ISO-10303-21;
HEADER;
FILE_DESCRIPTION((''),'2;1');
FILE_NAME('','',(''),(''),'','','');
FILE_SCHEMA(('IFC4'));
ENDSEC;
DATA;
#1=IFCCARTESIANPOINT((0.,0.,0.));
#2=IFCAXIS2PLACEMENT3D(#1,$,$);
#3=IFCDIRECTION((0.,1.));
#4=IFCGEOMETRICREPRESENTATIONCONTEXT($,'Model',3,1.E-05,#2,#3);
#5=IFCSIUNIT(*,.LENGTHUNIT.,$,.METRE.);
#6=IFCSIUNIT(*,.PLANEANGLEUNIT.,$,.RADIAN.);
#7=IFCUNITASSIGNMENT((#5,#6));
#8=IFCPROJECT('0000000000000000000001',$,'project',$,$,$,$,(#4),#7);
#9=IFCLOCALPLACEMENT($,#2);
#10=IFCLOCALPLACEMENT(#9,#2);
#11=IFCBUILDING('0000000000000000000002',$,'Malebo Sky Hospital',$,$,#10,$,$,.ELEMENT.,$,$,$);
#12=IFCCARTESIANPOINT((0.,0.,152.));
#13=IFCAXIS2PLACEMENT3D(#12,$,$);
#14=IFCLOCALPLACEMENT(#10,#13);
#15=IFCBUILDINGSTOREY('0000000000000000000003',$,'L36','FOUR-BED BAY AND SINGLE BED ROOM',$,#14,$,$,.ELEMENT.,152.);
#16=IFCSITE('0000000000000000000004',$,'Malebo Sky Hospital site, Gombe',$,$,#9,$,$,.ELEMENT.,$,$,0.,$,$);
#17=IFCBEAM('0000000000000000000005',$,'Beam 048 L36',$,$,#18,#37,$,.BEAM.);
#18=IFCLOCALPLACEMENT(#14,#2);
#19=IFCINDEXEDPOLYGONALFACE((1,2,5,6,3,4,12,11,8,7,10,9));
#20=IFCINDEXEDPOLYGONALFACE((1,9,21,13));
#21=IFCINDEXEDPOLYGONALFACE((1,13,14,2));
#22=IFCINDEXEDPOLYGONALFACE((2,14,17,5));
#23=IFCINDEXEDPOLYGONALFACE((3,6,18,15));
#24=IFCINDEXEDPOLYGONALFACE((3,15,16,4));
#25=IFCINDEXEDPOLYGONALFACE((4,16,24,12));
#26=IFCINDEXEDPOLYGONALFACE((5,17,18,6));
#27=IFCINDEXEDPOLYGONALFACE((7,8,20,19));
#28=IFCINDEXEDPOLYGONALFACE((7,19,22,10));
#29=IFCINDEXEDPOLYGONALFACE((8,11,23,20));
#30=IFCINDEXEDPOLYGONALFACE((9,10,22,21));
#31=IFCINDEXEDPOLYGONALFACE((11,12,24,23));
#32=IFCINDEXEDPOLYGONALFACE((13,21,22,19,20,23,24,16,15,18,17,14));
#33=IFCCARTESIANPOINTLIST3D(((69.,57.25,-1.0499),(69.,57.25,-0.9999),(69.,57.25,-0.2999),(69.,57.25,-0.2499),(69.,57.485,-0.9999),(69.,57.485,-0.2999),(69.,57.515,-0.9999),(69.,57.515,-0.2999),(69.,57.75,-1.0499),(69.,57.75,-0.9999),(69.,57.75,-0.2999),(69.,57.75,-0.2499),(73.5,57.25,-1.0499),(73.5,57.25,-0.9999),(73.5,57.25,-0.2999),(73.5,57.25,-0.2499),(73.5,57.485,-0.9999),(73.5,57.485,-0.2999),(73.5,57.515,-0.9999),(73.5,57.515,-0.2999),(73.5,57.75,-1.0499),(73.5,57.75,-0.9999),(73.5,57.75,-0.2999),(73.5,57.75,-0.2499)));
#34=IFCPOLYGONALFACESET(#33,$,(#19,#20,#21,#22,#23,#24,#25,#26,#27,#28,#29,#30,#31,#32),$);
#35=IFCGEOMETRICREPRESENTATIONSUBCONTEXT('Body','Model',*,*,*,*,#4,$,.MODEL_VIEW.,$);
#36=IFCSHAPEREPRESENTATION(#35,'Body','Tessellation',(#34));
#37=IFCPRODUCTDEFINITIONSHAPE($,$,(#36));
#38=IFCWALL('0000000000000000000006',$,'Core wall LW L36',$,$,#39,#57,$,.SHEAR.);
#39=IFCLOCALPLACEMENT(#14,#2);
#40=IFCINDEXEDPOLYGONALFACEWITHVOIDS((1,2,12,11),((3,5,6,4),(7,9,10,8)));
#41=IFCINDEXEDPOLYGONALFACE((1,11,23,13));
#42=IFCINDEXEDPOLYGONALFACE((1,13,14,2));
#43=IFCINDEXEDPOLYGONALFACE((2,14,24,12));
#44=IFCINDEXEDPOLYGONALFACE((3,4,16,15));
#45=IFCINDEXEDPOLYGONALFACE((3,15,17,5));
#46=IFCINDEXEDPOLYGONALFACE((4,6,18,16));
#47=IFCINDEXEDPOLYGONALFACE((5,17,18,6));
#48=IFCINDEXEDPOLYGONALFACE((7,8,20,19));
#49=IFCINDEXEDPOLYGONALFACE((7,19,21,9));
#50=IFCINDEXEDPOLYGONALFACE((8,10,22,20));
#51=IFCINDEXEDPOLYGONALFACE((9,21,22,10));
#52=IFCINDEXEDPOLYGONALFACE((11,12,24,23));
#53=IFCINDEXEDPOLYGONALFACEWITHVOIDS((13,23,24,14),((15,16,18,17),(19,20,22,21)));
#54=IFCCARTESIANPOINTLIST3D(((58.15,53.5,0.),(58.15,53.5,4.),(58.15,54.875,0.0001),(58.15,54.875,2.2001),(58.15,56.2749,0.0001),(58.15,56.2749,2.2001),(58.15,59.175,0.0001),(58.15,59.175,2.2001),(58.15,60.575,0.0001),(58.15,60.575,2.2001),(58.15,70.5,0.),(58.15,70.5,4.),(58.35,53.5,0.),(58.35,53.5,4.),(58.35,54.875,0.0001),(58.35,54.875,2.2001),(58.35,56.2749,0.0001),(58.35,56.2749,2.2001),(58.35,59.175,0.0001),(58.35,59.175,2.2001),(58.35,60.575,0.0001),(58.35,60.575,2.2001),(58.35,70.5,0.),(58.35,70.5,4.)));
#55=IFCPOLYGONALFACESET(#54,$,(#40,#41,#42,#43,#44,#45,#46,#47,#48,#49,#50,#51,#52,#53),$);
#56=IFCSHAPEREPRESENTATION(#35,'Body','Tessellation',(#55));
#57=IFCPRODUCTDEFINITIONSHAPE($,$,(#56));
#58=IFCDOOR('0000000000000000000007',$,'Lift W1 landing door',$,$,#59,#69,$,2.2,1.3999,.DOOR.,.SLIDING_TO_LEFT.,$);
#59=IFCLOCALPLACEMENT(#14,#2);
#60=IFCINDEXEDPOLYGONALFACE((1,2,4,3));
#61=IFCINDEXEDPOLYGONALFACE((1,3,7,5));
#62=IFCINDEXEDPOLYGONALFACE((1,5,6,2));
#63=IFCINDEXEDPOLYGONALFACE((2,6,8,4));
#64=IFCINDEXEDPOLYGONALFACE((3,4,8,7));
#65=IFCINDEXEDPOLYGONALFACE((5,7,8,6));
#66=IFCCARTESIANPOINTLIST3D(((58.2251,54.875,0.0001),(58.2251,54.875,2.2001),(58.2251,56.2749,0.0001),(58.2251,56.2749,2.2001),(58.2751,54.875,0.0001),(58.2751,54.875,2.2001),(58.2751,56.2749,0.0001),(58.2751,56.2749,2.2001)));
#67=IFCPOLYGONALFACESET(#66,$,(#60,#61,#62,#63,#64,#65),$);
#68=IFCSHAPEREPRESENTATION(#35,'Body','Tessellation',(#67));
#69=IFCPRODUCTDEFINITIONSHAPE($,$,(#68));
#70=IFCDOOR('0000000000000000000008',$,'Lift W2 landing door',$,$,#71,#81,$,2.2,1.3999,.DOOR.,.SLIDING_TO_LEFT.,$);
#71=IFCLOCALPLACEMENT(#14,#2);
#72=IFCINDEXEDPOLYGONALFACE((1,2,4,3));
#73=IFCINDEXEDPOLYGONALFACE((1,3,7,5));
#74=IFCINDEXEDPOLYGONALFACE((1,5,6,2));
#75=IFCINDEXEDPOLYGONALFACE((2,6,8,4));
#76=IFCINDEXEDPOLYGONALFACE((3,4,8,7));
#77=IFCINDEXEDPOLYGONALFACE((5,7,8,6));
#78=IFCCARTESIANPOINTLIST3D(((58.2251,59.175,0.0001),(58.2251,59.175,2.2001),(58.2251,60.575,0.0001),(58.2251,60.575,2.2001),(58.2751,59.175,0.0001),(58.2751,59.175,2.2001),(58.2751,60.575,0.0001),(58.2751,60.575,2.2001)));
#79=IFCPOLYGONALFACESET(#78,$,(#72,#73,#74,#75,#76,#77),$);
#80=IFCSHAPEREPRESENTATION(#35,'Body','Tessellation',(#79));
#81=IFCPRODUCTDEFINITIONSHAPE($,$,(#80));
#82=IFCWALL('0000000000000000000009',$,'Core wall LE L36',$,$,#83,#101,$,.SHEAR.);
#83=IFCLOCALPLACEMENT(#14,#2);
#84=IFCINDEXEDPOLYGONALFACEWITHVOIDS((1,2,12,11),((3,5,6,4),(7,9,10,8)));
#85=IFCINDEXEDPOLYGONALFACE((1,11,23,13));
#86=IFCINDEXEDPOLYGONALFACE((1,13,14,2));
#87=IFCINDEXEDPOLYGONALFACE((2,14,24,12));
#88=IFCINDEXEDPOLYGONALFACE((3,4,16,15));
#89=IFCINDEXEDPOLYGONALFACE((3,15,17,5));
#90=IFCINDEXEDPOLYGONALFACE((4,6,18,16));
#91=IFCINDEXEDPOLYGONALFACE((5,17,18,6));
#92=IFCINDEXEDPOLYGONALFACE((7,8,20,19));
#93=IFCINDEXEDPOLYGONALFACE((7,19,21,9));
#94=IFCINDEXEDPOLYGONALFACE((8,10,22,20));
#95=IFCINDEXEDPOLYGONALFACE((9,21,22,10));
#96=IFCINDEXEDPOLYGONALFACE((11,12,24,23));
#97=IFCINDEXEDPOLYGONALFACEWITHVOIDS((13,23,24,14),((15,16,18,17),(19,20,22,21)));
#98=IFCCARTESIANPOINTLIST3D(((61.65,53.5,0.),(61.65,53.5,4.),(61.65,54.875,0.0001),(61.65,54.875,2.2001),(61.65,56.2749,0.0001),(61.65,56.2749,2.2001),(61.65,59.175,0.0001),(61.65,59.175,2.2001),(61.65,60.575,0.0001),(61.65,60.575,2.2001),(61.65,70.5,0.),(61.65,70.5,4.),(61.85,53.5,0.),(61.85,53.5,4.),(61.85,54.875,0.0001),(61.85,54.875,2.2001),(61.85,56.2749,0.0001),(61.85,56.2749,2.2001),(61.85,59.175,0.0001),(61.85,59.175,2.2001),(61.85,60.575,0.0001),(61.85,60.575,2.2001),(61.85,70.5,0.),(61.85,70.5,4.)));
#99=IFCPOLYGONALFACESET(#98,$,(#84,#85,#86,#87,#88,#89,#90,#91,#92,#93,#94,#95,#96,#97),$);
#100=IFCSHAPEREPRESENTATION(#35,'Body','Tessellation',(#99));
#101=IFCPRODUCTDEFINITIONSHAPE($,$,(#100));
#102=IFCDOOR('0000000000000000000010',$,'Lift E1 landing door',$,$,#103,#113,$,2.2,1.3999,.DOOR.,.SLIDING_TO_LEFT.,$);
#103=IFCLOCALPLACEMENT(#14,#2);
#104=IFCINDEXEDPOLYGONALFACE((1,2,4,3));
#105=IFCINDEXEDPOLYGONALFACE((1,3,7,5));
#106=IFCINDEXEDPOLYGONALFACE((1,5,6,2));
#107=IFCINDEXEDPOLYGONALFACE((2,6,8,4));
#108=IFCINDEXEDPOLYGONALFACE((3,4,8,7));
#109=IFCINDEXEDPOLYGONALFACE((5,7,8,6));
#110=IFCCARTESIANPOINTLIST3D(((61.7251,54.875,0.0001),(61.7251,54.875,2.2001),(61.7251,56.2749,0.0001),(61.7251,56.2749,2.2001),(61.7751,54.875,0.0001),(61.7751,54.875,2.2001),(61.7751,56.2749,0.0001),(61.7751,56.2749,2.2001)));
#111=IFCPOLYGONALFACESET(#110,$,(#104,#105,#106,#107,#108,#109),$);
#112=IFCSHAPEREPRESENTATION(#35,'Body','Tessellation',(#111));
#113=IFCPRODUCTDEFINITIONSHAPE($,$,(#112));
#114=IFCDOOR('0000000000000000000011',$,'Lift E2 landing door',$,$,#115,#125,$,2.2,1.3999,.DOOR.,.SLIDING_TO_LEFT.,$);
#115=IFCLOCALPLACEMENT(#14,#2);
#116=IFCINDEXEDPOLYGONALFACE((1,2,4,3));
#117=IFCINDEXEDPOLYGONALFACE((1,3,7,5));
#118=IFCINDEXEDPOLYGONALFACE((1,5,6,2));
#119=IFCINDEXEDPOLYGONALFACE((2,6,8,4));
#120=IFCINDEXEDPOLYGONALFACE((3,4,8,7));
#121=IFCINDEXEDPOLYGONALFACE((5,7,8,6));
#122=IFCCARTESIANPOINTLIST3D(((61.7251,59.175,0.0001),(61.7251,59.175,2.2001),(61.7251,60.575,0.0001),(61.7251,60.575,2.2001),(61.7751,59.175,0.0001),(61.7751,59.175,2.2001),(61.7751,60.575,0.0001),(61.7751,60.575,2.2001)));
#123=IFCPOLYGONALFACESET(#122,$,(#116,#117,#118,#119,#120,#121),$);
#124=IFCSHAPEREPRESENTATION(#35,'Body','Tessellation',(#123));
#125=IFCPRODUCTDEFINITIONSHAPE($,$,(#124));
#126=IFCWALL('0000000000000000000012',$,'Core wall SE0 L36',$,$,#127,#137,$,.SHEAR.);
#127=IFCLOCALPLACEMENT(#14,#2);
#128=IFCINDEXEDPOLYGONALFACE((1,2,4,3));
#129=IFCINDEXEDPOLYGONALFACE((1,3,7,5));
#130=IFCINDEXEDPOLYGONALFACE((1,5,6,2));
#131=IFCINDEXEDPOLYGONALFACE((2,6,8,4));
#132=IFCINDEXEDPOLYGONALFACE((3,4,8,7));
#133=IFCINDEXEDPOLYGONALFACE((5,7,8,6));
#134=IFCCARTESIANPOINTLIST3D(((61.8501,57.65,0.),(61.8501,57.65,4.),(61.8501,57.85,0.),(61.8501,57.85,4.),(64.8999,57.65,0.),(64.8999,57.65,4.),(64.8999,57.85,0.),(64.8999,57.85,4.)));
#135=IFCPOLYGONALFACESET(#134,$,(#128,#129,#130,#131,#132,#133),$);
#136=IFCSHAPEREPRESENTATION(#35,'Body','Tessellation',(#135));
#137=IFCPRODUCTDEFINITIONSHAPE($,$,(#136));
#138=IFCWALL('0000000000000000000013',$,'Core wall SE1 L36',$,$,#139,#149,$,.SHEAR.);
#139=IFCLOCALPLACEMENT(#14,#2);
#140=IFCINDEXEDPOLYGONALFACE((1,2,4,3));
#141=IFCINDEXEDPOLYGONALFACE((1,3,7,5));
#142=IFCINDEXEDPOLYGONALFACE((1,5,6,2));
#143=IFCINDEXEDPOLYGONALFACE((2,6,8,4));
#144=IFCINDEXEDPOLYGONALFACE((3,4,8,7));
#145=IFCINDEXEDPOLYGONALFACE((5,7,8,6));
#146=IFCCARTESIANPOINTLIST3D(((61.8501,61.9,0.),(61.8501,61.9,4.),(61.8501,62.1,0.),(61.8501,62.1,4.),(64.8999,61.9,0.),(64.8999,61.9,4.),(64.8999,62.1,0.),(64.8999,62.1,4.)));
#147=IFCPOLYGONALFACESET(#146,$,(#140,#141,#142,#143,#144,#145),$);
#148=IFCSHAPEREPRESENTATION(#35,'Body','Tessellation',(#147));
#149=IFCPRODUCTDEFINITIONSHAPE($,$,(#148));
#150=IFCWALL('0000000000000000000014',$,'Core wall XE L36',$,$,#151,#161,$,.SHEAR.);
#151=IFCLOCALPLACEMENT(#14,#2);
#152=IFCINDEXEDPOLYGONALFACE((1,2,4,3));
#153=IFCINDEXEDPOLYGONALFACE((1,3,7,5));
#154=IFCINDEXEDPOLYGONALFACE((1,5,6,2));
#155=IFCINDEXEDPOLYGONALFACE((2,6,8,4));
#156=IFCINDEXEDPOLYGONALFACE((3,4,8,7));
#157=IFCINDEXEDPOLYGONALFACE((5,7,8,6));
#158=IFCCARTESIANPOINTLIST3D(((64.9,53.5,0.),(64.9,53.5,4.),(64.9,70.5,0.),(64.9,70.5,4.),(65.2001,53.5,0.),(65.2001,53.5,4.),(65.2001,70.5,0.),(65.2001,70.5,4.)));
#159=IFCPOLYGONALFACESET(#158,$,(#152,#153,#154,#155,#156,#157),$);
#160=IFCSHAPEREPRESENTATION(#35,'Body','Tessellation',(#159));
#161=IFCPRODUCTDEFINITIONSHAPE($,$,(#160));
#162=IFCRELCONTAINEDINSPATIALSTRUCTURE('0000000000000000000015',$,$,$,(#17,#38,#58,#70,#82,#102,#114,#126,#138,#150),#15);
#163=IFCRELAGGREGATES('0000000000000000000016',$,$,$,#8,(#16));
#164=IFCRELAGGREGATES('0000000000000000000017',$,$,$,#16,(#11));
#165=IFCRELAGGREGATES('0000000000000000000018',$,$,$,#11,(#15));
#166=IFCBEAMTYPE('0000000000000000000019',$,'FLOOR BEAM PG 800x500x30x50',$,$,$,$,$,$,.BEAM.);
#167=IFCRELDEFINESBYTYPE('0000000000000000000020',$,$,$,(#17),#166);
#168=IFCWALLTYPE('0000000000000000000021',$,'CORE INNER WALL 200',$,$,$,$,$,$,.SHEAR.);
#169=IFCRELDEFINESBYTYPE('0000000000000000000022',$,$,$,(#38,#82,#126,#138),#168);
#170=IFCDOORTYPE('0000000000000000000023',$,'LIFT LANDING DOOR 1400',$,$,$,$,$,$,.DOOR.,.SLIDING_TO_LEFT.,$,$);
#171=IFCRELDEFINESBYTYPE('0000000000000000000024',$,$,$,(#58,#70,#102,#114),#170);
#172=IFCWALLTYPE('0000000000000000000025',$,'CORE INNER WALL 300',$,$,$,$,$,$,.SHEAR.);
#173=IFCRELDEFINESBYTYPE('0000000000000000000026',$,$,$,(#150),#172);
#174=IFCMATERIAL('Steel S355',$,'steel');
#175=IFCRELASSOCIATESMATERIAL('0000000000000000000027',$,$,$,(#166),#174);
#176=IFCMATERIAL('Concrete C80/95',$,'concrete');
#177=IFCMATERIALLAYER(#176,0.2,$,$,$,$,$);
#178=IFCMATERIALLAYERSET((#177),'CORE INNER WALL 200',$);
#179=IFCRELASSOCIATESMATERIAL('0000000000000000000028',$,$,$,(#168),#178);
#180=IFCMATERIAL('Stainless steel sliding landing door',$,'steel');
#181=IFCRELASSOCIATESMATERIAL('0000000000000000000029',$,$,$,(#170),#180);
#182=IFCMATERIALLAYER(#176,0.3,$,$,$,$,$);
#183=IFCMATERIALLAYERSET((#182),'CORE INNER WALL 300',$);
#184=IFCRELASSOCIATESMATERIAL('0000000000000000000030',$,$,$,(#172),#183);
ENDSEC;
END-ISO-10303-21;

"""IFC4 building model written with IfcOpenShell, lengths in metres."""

from ifc_helpers import new_model, si_unit, direction, frame, frame_2d, origin, origin_2d, place, context, subcontext, project, spatial, rectangle, i_section, extrude, material, layer, layer_set, material_profile, profile_set, type_object, element, fill, save


model = new_model("IFC4")

# Units and contexts
model_context = context("Model", 3, precision=1e-05, world=origin(), true_north=direction((0.0, 1.0)))
body_context = subcontext(model_context, "Body", "Model", "MODEL_VIEW")
ifc_project = project(units=[si_unit("LENGTHUNIT", "METRE"), si_unit("PLANEANGLEUNIT", "RADIAN")], contexts=[model_context])

# Site, building, storey
site_placement = place(None, origin())
site = spatial("IfcSite", under=ifc_project, at=site_placement, Name="Malebo Sky Hospital site, Gombe", CompositionType="ELEMENT", RefElevation=0.0)
building_placement = place(site_placement, origin())
building = spatial("IfcBuilding", under=site, at=building_placement, Name="Malebo Sky Hospital", CompositionType="ELEMENT")
storey_placement = place(building_placement, frame((0.0, 0.0, 152.0)))
storey = spatial("IfcBuildingStorey", under=building, at=storey_placement, Name="L36", Description="FOUR-BED BAY AND SINGLE BED ROOM", CompositionType="ELEMENT", Elevation=152.0)

# Beam
ifc_material_1 = material(Name="Steel S355", Category="steel")
ifc_material_profile = material_profile(ifc_material_1, i_section(OverallWidth=0.5, OverallDepth=0.8, WebThickness=0.03, FlangeThickness=0.05, at=origin_2d()), Name="PG 800x500x30x50")
ifc_profile_set = profile_set([ifc_material_profile], Name="Steel S355")
beam_type = type_object("IfcBeamType", Name="FLOOR BEAM PG 800x500x30x50", PredefinedType="BEAM", material=ifc_profile_set)
beam_placement = place(storey_placement, frame((69.0, 57.5, -0.6499), z_axis=(1.0, 0.0, 0.0), x_axis=(0.0, 1.0, 0.0)))
element("IfcBeam", 1, at=beam_placement, inside=storey, type_object=beam_type, Name="Beam 048 L36", PredefinedType="BEAM", context=body_context, shape_type="SweptSolid", body=[
    extrude(i_section(OverallWidth=0.5, OverallDepth=0.8, WebThickness=0.03, FlangeThickness=0.05, at=origin_2d()), origin(), (0.0, 0.0, 1.0), 4.5),
])

# Walls, openings, doors
ifc_material_2 = material(Name="Concrete C80/95", Category="concrete")
ifc_layer_1 = layer(ifc_material_2, 0.2)
ifc_layer_set_1 = layer_set([ifc_layer_1], Name="CORE INNER WALL 200")
wall_type_1 = type_object("IfcWallType", Name="CORE INNER WALL 200", PredefinedType="SHEAR", material=ifc_layer_set_1)
wall_1_placement = place(storey_placement, frame((58.25, 53.5, 0.0), z_axis=(0.0, 0.0, 1.0), x_axis=(0.0, 1.0, 0.0)))
wall_1 = element("IfcWall", 2, at=wall_1_placement, inside=storey, type_object=wall_type_1, Name="Core wall LW L36", PredefinedType="SHEAR", context=body_context, shape_type="SweptSolid", body=[
    extrude(rectangle(XDim=17.0, YDim=0.2, at=frame_2d((8.5, 0.0))), origin(), (0.0, 0.0, 1.0), 4.0),
])
opening_1_placement = place(wall_1_placement, frame((1.375, 0.0, 0.0)))
opening_1 = element("IfcOpeningElement", 3, at=opening_1_placement, cuts=wall_1, PredefinedType="OPENING", context=body_context, shape_type="SweptSolid", body=[
    extrude(rectangle(XDim=1.3999, YDim=2.2, at=frame_2d((0.7, 1.1001))), frame((0.0, 0.1099, 0.0), z_axis=(0.0, -1.0, 0.0), x_axis=(1.0, 0.0, 0.0)), (0.0, 0.0, 1.0), 0.22),
])
opening_2_placement = place(wall_1_placement, frame((5.675, 0.0, 0.0)))
opening_2 = element("IfcOpeningElement", 4, at=opening_2_placement, cuts=wall_1, PredefinedType="OPENING", context=body_context, shape_type="SweptSolid", body=[
    extrude(rectangle(XDim=1.3999, YDim=2.2, at=frame_2d((0.7, 1.1001))), frame((0.0, 0.1099, 0.0), z_axis=(0.0, -1.0, 0.0), x_axis=(1.0, 0.0, 0.0)), (0.0, 0.0, 1.0), 0.22),
])
ifc_material_3 = material(Name="Stainless steel sliding landing door", Category="steel")
door_type_1 = type_object("IfcDoorType", Name="LIFT LANDING DOOR 1400", OperationType="SLIDING_TO_LEFT", PredefinedType="DOOR", material=ifc_material_3)
door_1_placement = place(opening_1_placement, origin())
door_1 = element("IfcDoor", 5, at=door_1_placement, inside=storey, type_object=door_type_1, Name="Lift W1 landing door", OperationType="SLIDING_TO_LEFT", OverallHeight=2.2, OverallWidth=1.3999, PredefinedType="DOOR", context=body_context, shape_type="SweptSolid", body=[
    extrude(rectangle(XDim=1.3999, YDim=2.2, at=frame_2d((0.7, 1.1001))), frame((0.0, 0.0249, 0.0), z_axis=(0.0, -1.0, 0.0), x_axis=(1.0, 0.0, 0.0)), (0.0, 0.0, 1.0), 0.05),
])
fill(opening_1, door_1)
door_2_placement = place(opening_2_placement, origin())
door_2 = element("IfcDoor", 6, at=door_2_placement, inside=storey, type_object=door_type_1, Name="Lift W2 landing door", OperationType="SLIDING_TO_LEFT", OverallHeight=2.2, OverallWidth=1.3999, PredefinedType="DOOR", context=body_context, shape_type="SweptSolid", body=[
    extrude(rectangle(XDim=1.3999, YDim=2.2, at=frame_2d((0.7, 1.1001))), frame((0.0, 0.0249, 0.0), z_axis=(0.0, -1.0, 0.0), x_axis=(1.0, 0.0, 0.0)), (0.0, 0.0, 1.0), 0.05),
])
fill(opening_2, door_2)
wall_2_placement = place(storey_placement, frame((61.75, 53.5, 0.0), z_axis=(0.0, 0.0, 1.0), x_axis=(0.0, 1.0, 0.0)))
wall_2 = element("IfcWall", 7, at=wall_2_placement, inside=storey, type_object=wall_type_1, Name="Core wall LE L36", PredefinedType="SHEAR", context=body_context, shape_type="SweptSolid", body=[
    extrude(rectangle(XDim=17.0, YDim=0.2, at=frame_2d((8.5, 0.0))), origin(), (0.0, 0.0, 1.0), 4.0),
])
opening_3_placement = place(wall_2_placement, frame((1.375, 0.0, 0.0)))
opening_3 = element("IfcOpeningElement", 8, at=opening_3_placement, cuts=wall_2, PredefinedType="OPENING", context=body_context, shape_type="SweptSolid", body=[
    extrude(rectangle(XDim=1.3999, YDim=2.2, at=frame_2d((0.7, 1.1001))), frame((0.0, 0.1099, 0.0), z_axis=(0.0, -1.0, 0.0), x_axis=(1.0, 0.0, 0.0)), (0.0, 0.0, 1.0), 0.22),
])
opening_4_placement = place(wall_2_placement, frame((5.675, 0.0, 0.0)))
opening_4 = element("IfcOpeningElement", 9, at=opening_4_placement, cuts=wall_2, PredefinedType="OPENING", context=body_context, shape_type="SweptSolid", body=[
    extrude(rectangle(XDim=1.3999, YDim=2.2, at=frame_2d((0.7, 1.1001))), frame((0.0, 0.1099, 0.0), z_axis=(0.0, -1.0, 0.0), x_axis=(1.0, 0.0, 0.0)), (0.0, 0.0, 1.0), 0.22),
])
door_3_placement = place(opening_3_placement, origin())
door_3 = element("IfcDoor", 10, at=door_3_placement, inside=storey, type_object=door_type_1, Name="Lift E1 landing door", OperationType="SLIDING_TO_LEFT", OverallHeight=2.2, OverallWidth=1.3999, PredefinedType="DOOR", context=body_context, shape_type="SweptSolid", body=[
    extrude(rectangle(XDim=1.3999, YDim=2.2, at=frame_2d((0.7, 1.1001))), frame((0.0, 0.0249, 0.0), z_axis=(0.0, -1.0, 0.0), x_axis=(1.0, 0.0, 0.0)), (0.0, 0.0, 1.0), 0.05),
])
fill(opening_3, door_3)
door_4_placement = place(opening_4_placement, origin())
door_4 = element("IfcDoor", 11, at=door_4_placement, inside=storey, type_object=door_type_1, Name="Lift E2 landing door", OperationType="SLIDING_TO_LEFT", OverallHeight=2.2, OverallWidth=1.3999, PredefinedType="DOOR", context=body_context, shape_type="SweptSolid", body=[
    extrude(rectangle(XDim=1.3999, YDim=2.2, at=frame_2d((0.7, 1.1001))), frame((0.0, 0.0249, 0.0), z_axis=(0.0, -1.0, 0.0), x_axis=(1.0, 0.0, 0.0)), (0.0, 0.0, 1.0), 0.05),
])
fill(opening_4, door_4)

# Walls
for number, where, z_axis, x_axis, name in (
    (12, (61.8501, 57.75, 0.0), (0.0, 0.0, 1.0), (1.0, 0.0, 0.0), "Core wall SE0 L36"),
    (13, (61.8501, 62.0, 0.0), (0.0, 0.0, 1.0), (1.0, 0.0, 0.0), "Core wall SE1 L36"),
):
    element("IfcWall", number, at=place(storey_placement, frame(where, z_axis=z_axis, x_axis=x_axis)), inside=storey, type_object=wall_type_1, Name=name, PredefinedType="SHEAR", context=body_context, shape_type="SweptSolid", body=[
        extrude(rectangle(XDim=3.0498, YDim=0.2, at=frame_2d((1.5249, 0.0))), origin(), (0.0, 0.0, 1.0), 4.0),
    ])
ifc_layer_2 = layer(ifc_material_2, 0.3)
ifc_layer_set_2 = layer_set([ifc_layer_2], Name="CORE INNER WALL 300")
wall_type_2 = type_object("IfcWallType", Name="CORE INNER WALL 300", PredefinedType="SHEAR", material=ifc_layer_set_2)
wall_3_placement = place(storey_placement, frame((65.05, 53.5, 0.0), z_axis=(0.0, 0.0, 1.0), x_axis=(0.0, 1.0, 0.0)))
element("IfcWall", 14, at=wall_3_placement, inside=storey, type_object=wall_type_2, Name="Core wall XE L36", PredefinedType="SHEAR", context=body_context, shape_type="SweptSolid", body=[
    extrude(rectangle(XDim=17.0, YDim=0.3, at=frame_2d((8.5, 0.0))), origin(), (0.0, 0.0, 1.0), 4.0),
])

save(model, "model.ifc")
